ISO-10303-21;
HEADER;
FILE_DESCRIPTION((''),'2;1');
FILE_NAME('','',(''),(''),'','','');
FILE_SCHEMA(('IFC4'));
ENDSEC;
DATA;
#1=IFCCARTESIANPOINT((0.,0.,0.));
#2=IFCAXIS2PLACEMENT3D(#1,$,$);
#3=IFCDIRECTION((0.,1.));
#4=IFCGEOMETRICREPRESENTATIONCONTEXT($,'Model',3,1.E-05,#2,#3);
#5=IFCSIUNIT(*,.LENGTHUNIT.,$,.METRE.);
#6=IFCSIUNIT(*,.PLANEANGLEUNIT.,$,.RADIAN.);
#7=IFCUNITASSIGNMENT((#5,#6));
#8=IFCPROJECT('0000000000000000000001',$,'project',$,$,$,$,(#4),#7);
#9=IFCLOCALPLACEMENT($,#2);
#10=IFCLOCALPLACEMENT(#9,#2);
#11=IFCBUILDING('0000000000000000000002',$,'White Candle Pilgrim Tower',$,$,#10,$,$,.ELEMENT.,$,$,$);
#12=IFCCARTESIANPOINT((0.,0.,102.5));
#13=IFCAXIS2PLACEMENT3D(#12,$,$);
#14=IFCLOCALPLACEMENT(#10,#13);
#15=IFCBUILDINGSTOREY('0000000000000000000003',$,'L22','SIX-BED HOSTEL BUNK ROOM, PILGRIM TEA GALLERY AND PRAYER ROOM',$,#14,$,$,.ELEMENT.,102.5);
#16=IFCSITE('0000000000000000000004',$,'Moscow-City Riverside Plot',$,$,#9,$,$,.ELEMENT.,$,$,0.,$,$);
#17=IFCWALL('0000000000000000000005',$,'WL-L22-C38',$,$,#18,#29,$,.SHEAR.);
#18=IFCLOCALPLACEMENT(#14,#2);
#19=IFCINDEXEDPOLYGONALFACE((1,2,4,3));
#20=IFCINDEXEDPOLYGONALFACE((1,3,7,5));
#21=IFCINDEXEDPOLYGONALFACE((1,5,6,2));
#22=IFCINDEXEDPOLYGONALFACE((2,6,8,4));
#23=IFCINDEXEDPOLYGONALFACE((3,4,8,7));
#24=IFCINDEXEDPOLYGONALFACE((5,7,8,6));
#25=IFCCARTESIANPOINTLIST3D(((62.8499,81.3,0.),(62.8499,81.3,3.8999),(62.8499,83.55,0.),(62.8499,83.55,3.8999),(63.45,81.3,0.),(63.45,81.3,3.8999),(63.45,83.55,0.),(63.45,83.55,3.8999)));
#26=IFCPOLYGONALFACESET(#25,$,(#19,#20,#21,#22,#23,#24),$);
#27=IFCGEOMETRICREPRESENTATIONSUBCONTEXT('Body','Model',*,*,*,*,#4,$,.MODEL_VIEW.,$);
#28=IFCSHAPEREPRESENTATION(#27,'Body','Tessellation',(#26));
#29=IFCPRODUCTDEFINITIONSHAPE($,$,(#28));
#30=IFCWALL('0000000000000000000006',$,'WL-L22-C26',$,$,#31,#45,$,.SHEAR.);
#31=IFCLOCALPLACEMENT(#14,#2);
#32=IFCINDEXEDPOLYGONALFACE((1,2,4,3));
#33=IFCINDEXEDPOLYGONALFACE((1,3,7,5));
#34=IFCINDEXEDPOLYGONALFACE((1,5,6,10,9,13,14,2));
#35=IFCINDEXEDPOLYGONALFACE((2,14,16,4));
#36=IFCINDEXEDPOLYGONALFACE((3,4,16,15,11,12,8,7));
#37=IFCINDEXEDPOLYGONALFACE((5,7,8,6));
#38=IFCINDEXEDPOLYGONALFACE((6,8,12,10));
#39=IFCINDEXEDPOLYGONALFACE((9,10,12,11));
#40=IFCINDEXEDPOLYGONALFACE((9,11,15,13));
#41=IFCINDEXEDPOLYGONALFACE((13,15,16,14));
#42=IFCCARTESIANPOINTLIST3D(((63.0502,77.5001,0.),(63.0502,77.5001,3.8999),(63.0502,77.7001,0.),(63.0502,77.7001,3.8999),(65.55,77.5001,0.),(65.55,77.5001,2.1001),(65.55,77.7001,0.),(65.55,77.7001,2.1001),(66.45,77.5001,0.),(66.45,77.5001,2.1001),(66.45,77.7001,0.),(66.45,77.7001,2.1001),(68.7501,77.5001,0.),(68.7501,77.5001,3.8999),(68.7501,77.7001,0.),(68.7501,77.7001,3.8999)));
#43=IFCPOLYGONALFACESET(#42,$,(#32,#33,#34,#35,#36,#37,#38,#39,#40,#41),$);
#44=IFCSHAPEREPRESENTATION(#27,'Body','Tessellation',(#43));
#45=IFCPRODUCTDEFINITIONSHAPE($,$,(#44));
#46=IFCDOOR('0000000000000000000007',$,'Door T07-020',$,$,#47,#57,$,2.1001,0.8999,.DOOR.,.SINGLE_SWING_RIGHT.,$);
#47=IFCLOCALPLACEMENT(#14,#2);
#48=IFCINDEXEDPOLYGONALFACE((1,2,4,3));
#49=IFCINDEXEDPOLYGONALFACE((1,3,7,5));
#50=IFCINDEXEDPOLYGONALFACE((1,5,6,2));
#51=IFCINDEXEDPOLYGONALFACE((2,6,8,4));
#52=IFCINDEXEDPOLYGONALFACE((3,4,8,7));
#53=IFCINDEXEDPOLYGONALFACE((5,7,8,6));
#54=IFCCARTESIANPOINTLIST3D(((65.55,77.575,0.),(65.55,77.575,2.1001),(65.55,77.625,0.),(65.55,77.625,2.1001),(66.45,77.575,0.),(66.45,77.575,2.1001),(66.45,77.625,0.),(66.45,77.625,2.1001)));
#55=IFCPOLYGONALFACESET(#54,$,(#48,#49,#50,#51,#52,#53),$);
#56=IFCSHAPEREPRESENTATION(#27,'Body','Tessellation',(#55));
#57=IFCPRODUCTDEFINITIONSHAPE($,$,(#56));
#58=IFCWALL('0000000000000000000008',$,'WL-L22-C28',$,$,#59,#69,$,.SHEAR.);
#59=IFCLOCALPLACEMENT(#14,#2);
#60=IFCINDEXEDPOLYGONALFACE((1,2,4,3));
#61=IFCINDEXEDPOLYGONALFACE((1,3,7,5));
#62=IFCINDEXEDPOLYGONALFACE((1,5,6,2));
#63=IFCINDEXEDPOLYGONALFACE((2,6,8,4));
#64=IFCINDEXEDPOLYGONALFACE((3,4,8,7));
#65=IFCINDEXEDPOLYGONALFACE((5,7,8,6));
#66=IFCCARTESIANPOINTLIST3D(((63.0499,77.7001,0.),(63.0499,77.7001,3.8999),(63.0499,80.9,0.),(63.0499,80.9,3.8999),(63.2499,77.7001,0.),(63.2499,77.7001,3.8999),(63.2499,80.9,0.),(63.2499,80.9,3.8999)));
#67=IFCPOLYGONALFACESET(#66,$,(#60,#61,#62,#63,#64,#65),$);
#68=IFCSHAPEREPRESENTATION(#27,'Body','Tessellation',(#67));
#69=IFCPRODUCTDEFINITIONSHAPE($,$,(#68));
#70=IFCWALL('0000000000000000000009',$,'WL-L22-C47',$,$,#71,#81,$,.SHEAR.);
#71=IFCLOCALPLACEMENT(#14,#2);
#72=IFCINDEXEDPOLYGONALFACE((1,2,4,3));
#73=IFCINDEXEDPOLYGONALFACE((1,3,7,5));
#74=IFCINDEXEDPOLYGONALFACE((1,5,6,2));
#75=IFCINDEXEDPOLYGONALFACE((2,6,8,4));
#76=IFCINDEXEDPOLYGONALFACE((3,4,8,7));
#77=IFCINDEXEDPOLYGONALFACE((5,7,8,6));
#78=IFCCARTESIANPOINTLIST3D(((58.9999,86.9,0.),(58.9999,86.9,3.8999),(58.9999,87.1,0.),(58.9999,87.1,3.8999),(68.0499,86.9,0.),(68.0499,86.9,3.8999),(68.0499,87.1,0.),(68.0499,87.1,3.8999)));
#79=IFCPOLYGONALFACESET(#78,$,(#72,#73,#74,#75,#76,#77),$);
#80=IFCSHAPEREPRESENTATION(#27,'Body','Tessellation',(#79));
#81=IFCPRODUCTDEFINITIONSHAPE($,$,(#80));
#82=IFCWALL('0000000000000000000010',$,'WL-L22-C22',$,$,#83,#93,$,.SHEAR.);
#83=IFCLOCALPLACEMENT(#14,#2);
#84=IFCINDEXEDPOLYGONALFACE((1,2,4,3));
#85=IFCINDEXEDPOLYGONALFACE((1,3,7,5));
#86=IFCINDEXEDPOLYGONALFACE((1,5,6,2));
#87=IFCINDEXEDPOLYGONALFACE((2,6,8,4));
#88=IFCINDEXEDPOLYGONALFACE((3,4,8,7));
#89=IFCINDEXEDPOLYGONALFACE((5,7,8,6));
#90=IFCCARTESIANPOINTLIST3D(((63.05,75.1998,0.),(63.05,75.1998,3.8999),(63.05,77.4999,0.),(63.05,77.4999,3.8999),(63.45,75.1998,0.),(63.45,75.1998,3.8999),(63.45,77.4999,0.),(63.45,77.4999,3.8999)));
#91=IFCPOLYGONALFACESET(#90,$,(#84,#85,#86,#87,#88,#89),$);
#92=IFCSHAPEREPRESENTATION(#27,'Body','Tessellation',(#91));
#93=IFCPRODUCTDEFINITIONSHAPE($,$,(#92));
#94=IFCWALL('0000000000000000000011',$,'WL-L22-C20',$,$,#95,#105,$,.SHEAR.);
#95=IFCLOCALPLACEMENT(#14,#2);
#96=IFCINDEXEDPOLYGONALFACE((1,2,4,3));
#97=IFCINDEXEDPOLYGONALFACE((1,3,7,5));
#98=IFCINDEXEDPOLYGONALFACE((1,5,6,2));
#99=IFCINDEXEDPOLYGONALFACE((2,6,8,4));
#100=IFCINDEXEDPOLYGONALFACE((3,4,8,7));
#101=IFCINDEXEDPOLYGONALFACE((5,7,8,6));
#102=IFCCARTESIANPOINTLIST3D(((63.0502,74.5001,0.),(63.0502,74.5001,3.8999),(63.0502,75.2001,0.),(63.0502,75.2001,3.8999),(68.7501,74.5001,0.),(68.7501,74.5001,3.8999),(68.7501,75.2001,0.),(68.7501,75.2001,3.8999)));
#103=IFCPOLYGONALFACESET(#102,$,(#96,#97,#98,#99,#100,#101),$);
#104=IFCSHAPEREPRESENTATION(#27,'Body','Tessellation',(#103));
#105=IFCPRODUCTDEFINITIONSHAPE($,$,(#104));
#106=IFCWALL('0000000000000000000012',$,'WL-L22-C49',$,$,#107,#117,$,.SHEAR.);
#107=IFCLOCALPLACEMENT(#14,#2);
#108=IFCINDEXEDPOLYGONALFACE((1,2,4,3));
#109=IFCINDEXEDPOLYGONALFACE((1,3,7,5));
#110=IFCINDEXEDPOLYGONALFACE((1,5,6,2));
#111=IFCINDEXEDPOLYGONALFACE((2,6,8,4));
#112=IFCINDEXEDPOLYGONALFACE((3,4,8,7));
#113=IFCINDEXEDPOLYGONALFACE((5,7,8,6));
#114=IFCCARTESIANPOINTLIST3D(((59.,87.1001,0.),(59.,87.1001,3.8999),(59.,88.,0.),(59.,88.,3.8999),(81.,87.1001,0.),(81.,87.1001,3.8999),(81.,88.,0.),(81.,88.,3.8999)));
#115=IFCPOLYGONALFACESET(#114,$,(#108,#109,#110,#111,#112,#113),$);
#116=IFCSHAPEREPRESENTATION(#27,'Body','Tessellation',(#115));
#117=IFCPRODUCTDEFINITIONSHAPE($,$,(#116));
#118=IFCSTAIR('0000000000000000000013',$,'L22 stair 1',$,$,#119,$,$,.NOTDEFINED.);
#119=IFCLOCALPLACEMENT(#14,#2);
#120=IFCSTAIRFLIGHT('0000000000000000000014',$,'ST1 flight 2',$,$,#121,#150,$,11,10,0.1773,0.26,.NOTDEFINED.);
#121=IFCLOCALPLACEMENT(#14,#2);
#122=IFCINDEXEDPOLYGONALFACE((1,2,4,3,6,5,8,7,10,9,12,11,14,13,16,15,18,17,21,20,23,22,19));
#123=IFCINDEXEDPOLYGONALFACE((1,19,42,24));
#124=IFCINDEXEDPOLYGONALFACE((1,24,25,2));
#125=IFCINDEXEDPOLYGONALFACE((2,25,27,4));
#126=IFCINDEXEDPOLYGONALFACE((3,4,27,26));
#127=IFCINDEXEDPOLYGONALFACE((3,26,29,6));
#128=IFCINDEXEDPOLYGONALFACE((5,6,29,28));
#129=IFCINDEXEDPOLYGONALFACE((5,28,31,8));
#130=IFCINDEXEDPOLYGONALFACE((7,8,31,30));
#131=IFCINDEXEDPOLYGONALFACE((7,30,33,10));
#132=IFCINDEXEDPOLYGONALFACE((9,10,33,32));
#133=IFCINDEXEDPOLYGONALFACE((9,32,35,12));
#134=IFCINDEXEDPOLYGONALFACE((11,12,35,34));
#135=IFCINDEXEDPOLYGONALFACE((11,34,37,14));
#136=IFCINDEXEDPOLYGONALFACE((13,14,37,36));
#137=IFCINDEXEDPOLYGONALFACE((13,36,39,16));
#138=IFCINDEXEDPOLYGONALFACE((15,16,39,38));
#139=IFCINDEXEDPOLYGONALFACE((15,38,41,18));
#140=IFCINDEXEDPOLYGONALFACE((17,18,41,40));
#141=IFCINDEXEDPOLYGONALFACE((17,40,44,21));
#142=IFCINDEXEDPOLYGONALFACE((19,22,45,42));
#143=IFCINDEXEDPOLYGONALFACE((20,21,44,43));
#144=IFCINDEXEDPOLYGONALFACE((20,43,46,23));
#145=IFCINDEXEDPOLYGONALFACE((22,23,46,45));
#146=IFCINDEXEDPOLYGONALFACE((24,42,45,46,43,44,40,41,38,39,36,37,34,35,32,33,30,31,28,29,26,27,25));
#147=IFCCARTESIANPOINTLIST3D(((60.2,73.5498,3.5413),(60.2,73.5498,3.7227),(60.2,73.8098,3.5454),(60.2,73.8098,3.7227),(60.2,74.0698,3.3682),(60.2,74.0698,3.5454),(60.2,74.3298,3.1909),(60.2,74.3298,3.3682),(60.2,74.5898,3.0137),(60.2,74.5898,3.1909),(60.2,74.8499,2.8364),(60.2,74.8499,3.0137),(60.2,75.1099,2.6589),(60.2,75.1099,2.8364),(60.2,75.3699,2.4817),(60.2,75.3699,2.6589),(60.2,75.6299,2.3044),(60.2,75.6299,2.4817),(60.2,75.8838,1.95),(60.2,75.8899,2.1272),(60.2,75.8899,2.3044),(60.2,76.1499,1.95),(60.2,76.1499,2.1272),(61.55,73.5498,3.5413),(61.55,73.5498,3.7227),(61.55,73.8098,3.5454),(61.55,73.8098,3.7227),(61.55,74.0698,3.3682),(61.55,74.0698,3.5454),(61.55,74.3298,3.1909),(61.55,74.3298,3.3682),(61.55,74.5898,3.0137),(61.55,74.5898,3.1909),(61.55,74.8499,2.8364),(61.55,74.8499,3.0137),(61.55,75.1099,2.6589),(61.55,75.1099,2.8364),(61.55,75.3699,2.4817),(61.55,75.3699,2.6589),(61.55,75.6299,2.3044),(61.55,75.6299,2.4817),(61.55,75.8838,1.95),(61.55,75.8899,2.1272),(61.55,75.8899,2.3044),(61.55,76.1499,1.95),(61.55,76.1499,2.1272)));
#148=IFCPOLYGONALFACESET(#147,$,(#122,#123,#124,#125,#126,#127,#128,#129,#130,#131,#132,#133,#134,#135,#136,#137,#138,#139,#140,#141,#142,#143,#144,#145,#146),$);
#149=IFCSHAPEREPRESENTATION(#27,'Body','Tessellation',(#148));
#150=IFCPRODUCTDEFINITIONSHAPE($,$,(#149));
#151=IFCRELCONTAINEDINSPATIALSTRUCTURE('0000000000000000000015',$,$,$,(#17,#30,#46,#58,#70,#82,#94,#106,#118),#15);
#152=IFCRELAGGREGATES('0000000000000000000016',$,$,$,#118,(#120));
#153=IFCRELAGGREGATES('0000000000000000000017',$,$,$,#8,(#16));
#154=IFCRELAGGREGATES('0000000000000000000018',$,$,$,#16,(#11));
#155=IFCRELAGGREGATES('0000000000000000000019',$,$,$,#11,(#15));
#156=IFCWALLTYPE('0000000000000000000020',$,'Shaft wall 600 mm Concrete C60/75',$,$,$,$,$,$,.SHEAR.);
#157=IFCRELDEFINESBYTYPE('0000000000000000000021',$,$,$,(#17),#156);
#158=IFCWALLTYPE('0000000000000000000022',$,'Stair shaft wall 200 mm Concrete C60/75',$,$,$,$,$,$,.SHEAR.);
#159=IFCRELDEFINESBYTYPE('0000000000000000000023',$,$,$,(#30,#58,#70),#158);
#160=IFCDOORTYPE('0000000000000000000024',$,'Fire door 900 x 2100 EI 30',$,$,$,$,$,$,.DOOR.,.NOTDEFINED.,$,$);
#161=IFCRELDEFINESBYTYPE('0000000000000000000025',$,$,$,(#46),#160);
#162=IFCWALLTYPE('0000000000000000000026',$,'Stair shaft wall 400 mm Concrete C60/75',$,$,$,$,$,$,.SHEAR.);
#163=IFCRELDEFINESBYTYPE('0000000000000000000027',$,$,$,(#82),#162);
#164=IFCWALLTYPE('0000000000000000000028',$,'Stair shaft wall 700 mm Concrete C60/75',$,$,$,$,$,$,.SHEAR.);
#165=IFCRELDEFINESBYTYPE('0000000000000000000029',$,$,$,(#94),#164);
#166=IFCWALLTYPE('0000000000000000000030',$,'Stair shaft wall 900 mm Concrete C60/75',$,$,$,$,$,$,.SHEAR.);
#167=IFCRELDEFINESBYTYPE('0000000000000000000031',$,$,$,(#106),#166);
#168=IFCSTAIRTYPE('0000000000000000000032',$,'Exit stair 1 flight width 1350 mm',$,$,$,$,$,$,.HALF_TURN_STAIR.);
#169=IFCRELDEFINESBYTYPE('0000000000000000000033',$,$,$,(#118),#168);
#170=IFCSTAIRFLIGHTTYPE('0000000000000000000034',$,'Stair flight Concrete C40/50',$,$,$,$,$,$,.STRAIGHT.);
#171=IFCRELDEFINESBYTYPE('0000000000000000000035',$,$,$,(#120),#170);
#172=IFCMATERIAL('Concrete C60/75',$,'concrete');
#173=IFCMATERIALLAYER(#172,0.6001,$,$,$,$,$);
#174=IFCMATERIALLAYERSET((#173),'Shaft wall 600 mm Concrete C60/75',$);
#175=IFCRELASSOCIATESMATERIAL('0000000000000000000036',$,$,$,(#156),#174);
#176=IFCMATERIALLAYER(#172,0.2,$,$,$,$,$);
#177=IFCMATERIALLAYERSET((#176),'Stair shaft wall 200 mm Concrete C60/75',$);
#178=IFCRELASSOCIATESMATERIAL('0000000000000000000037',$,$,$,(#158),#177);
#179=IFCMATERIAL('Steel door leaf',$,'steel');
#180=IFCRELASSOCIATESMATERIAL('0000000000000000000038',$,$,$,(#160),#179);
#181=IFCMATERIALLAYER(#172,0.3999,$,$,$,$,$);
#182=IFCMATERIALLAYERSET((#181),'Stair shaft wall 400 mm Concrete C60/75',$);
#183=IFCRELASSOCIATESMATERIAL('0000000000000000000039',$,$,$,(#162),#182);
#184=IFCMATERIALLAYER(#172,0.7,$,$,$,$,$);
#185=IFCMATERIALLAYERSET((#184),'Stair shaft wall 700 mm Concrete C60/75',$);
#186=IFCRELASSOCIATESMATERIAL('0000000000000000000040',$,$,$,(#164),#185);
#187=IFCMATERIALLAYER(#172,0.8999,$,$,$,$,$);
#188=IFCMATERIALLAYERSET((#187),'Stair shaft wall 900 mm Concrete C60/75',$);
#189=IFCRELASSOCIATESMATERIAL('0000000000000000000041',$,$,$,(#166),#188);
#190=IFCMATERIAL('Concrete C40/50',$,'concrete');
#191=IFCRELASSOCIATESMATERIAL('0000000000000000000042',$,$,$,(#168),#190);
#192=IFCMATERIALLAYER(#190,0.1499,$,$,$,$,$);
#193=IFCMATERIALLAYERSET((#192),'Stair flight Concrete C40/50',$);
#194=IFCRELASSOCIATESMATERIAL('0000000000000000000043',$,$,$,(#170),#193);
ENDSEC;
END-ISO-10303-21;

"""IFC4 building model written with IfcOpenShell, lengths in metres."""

from ifc_helpers import new_model, si_unit, direction, frame, frame_2d, origin, place, context, subcontext, project, spatial, polyline, rectangle, outline, extrude, material, layer, layer_set, type_object, element, fill, aggregate, save


model = new_model("IFC4")

# Units and contexts
model_context = context("Model", 3, precision=1e-05, world=origin(), true_north=direction((0.0, 1.0)))
body_context = subcontext(model_context, "Body", "Model", "MODEL_VIEW")
ifc_project = project(units=[si_unit("LENGTHUNIT", "METRE"), si_unit("PLANEANGLEUNIT", "RADIAN")], contexts=[model_context])

# Site, building, storey
site_placement = place(None, origin())
site = spatial("IfcSite", under=ifc_project, at=site_placement, Name="Moscow-City Riverside Plot", CompositionType="ELEMENT", RefElevation=0.0)
building_placement = place(site_placement, origin())
building = spatial("IfcBuilding", under=site, at=building_placement, Name="White Candle Pilgrim Tower", CompositionType="ELEMENT")
storey_placement = place(building_placement, frame((0.0, 0.0, 102.5)))
storey = spatial("IfcBuildingStorey", under=building, at=storey_placement, Name="L22", Description="SIX-BED HOSTEL BUNK ROOM, PILGRIM TEA GALLERY AND PRAYER ROOM", CompositionType="ELEMENT", Elevation=102.5)

# Shared definitions
ifc_material_1 = material(Name="Concrete C60/75", Category="concrete")
ifc_material_2 = material(Name="Steel door leaf", Category="steel")

# Wall
ifc_layer_1 = layer(ifc_material_1, 0.6001)
ifc_layer_set_1 = layer_set([ifc_layer_1], Name="Shaft wall 600 mm Concrete C60/75")
wall_type_1 = type_object("IfcWallType", Name="Shaft wall 600 mm Concrete C60/75", PredefinedType="SHEAR", material=ifc_layer_set_1)
wall_1_placement = place(storey_placement, frame((63.1499, 81.3, 0.0), z_axis=(0.0, 0.0, 1.0), x_axis=(0.0, 1.0, 0.0)))
element("IfcWall", 1, at=wall_1_placement, inside=storey, type_object=wall_type_1, Name="WL-L22-C38", PredefinedType="SHEAR", context=body_context, shape_type="SweptSolid", body=[
    extrude(rectangle(XDim=2.25, YDim=0.6001, at=frame_2d((1.125, 0.0))), origin(), (0.0, 0.0, 1.0), 3.8999),
])

# Wall, opening, door
ifc_layer_2 = layer(ifc_material_1, 0.2)
ifc_layer_set_2 = layer_set([ifc_layer_2], Name="Stair shaft wall 200 mm Concrete C60/75")
wall_type_2 = type_object("IfcWallType", Name="Stair shaft wall 200 mm Concrete C60/75", PredefinedType="SHEAR", material=ifc_layer_set_2)
wall_2_placement = place(storey_placement, frame((63.05, 77.6001, 0.0), z_axis=(0.0, 0.0, 1.0), x_axis=(1.0, 0.0, 0.0)))
wall_2 = element("IfcWall", 2, at=wall_2_placement, inside=storey, type_object=wall_type_2, Name="WL-L22-C26", PredefinedType="SHEAR", context=body_context, shape_type="SweptSolid", body=[
    extrude(rectangle(XDim=5.7, YDim=0.2, at=frame_2d((2.8501, 0.0))), origin(), (0.0, 0.0, 1.0), 3.8999),
])
opening_1_placement = place(wall_2_placement, frame((2.5, 0.0, 0.0)))
opening_1 = element("IfcOpeningElement", 3, at=opening_1_placement, cuts=wall_2, PredefinedType="OPENING", context=body_context, shape_type="SweptSolid", body=[
    extrude(rectangle(XDim=0.8999, YDim=2.1001, at=frame_2d((0.45, 1.05))), frame((0.0, 0.1099, 0.0), z_axis=(0.0, -1.0, 0.0), x_axis=(1.0, 0.0, 0.0)), (0.0, 0.0, 1.0), 0.22),
])
door_type_1 = type_object("IfcDoorType", Name="Fire door 900 x 2100 EI 30", OperationType="NOTDEFINED", PredefinedType="DOOR", material=ifc_material_2)
door_1_placement = place(opening_1_placement, origin())
door_1 = element("IfcDoor", 4, at=door_1_placement, inside=storey, type_object=door_type_1, Name="Door T07-020", OperationType="SINGLE_SWING_RIGHT", OverallHeight=2.1001, OverallWidth=0.8999, PredefinedType="DOOR", context=body_context, shape_type="SweptSolid", body=[
    extrude(rectangle(XDim=0.8999, YDim=2.1001, at=frame_2d((0.45, 1.05))), frame((0.0, 0.0249, 0.0), z_axis=(0.0, -1.0, 0.0), x_axis=(1.0, 0.0, 0.0)), (0.0, 0.0, 1.0), 0.05),
])
fill(opening_1, door_1)

# Walls
wall_3_placement = place(storey_placement, frame((63.1499, 77.7, 0.0), z_axis=(0.0, 0.0, 1.0), x_axis=(0.0, 1.0, 0.0)))
element("IfcWall", 5, at=wall_3_placement, inside=storey, type_object=wall_type_2, Name="WL-L22-C28", PredefinedType="SHEAR", context=body_context, shape_type="SweptSolid", body=[
    extrude(rectangle(XDim=3.2, YDim=0.2, at=frame_2d((1.6001, 0.0))), origin(), (0.0, 0.0, 1.0), 3.8999),
])
wall_4_placement = place(storey_placement, frame((59.0, 87.0, 0.0), z_axis=(0.0, 0.0, 1.0), x_axis=(1.0, 0.0, 0.0)))
element("IfcWall", 6, at=wall_4_placement, inside=storey, type_object=wall_type_2, Name="WL-L22-C47", PredefinedType="SHEAR", context=body_context, shape_type="SweptSolid", body=[
    extrude(rectangle(XDim=9.05, YDim=0.2, at=frame_2d((4.5249, 0.0))), origin(), (0.0, 0.0, 1.0), 3.8999),
])
ifc_layer_3 = layer(ifc_material_1, 0.3999)
ifc_layer_set_3 = layer_set([ifc_layer_3], Name="Stair shaft wall 400 mm Concrete C60/75")
wall_type_3 = type_object("IfcWallType", Name="Stair shaft wall 400 mm Concrete C60/75", PredefinedType="SHEAR", material=ifc_layer_set_3)
wall_5_placement = place(storey_placement, frame((63.25, 75.2, 0.0), z_axis=(0.0, 0.0, 1.0), x_axis=(0.0, 1.0, 0.0)))
element("IfcWall", 7, at=wall_5_placement, inside=storey, type_object=wall_type_3, Name="WL-L22-C22", PredefinedType="SHEAR", context=body_context, shape_type="SweptSolid", body=[
    extrude(rectangle(XDim=2.3, YDim=0.3999, at=frame_2d((1.1499, 0.0))), origin(), (0.0, 0.0, 1.0), 3.8999),
])
ifc_layer_4 = layer(ifc_material_1, 0.7)
ifc_layer_set_4 = layer_set([ifc_layer_4], Name="Stair shaft wall 700 mm Concrete C60/75")
wall_type_4 = type_object("IfcWallType", Name="Stair shaft wall 700 mm Concrete C60/75", PredefinedType="SHEAR", material=ifc_layer_set_4)
wall_6_placement = place(storey_placement, frame((63.05, 74.8501, 0.0), z_axis=(0.0, 0.0, 1.0), x_axis=(1.0, 0.0, 0.0)))
element("IfcWall", 8, at=wall_6_placement, inside=storey, type_object=wall_type_4, Name="WL-L22-C20", PredefinedType="SHEAR", context=body_context, shape_type="SweptSolid", body=[
    extrude(rectangle(XDim=5.7, YDim=0.7, at=frame_2d((2.8501, 0.0))), origin(), (0.0, 0.0, 1.0), 3.8999),
])
ifc_layer_5 = layer(ifc_material_1, 0.8999)
ifc_layer_set_5 = layer_set([ifc_layer_5], Name="Stair shaft wall 900 mm Concrete C60/75")
wall_type_5 = type_object("IfcWallType", Name="Stair shaft wall 900 mm Concrete C60/75", PredefinedType="SHEAR", material=ifc_layer_set_5)
wall_7_placement = place(storey_placement, frame((59.0, 87.55, 0.0), z_axis=(0.0, 0.0, 1.0), x_axis=(1.0, 0.0, 0.0)))
element("IfcWall", 9, at=wall_7_placement, inside=storey, type_object=wall_type_5, Name="WL-L22-C49", PredefinedType="SHEAR", context=body_context, shape_type="SweptSolid", body=[
    extrude(rectangle(XDim=22.0, YDim=0.8999, at=frame_2d((11.0, 0.0))), origin(), (0.0, 0.0, 1.0), 3.8999),
])

# Stair, stair flight
ifc_material_3 = material(Name="Concrete C40/50", Category="concrete")
stair_type = type_object("IfcStairType", Name="Exit stair 1 flight width 1350 mm", PredefinedType="HALF_TURN_STAIR", material=ifc_material_3)
stair_placement = place(storey_placement, origin())
stair = element("IfcStair", 10, at=stair_placement, inside=storey, type_object=stair_type, Name="L22 stair 1", PredefinedType="NOTDEFINED")
ifc_layer_6 = layer(ifc_material_3, 0.1499)
ifc_layer_set_6 = layer_set([ifc_layer_6], Name="Stair flight Concrete C40/50")
stair_flight_type = type_object("IfcStairFlightType", Name="Stair flight Concrete C40/50", PredefinedType="STRAIGHT", material=ifc_layer_set_6)
stair_flight_placement = place(storey_placement, frame((60.875, 76.1499, 1.95), z_axis=(0.0, 0.0, 1.0), x_axis=(0.0, -1.0, 0.0)))
stair_flight = element("IfcStairFlight", 11, at=stair_flight_placement, type_object=stair_flight_type, Name="ST1 flight 2", NumberOfRisers=11, NumberOfTreads=10, PredefinedType="NOTDEFINED", RiserHeight=0.1773, TreadLength=0.26, context=body_context, shape_type="SweptSolid", body=[
    extrude(outline(polyline([(0.0, 0.0), (0.0, 0.1772), (0.26, 0.1772), (0.26, 0.3545), (0.52, 0.3545), (0.52, 0.5317), (0.78, 0.5317), (0.78, 0.709), (1.04, 0.709), (1.04, 0.8865), (1.3, 0.8865), (1.3, 1.0637), (1.5601, 1.0637), (1.5601, 1.241), (1.8201, 1.241), (1.8201, 1.4182), (2.0801, 1.4182), (2.0801, 1.5955), (2.3401, 1.5955), (2.3401, 1.7727), (2.6001, 1.7727), (2.6001, 1.95), (2.6001, 1.5913), (0.2661, 0.0), (0.0, 0.0)])), frame((0.0, 0.675, 0.0), z_axis=(0.0, -1.0, 0.0), x_axis=(1.0, 0.0, 0.0)), (0.0, 0.0, 1.0), 1.3501),
])
aggregate(stair, [stair_flight])

save(model, "model.ifc")
